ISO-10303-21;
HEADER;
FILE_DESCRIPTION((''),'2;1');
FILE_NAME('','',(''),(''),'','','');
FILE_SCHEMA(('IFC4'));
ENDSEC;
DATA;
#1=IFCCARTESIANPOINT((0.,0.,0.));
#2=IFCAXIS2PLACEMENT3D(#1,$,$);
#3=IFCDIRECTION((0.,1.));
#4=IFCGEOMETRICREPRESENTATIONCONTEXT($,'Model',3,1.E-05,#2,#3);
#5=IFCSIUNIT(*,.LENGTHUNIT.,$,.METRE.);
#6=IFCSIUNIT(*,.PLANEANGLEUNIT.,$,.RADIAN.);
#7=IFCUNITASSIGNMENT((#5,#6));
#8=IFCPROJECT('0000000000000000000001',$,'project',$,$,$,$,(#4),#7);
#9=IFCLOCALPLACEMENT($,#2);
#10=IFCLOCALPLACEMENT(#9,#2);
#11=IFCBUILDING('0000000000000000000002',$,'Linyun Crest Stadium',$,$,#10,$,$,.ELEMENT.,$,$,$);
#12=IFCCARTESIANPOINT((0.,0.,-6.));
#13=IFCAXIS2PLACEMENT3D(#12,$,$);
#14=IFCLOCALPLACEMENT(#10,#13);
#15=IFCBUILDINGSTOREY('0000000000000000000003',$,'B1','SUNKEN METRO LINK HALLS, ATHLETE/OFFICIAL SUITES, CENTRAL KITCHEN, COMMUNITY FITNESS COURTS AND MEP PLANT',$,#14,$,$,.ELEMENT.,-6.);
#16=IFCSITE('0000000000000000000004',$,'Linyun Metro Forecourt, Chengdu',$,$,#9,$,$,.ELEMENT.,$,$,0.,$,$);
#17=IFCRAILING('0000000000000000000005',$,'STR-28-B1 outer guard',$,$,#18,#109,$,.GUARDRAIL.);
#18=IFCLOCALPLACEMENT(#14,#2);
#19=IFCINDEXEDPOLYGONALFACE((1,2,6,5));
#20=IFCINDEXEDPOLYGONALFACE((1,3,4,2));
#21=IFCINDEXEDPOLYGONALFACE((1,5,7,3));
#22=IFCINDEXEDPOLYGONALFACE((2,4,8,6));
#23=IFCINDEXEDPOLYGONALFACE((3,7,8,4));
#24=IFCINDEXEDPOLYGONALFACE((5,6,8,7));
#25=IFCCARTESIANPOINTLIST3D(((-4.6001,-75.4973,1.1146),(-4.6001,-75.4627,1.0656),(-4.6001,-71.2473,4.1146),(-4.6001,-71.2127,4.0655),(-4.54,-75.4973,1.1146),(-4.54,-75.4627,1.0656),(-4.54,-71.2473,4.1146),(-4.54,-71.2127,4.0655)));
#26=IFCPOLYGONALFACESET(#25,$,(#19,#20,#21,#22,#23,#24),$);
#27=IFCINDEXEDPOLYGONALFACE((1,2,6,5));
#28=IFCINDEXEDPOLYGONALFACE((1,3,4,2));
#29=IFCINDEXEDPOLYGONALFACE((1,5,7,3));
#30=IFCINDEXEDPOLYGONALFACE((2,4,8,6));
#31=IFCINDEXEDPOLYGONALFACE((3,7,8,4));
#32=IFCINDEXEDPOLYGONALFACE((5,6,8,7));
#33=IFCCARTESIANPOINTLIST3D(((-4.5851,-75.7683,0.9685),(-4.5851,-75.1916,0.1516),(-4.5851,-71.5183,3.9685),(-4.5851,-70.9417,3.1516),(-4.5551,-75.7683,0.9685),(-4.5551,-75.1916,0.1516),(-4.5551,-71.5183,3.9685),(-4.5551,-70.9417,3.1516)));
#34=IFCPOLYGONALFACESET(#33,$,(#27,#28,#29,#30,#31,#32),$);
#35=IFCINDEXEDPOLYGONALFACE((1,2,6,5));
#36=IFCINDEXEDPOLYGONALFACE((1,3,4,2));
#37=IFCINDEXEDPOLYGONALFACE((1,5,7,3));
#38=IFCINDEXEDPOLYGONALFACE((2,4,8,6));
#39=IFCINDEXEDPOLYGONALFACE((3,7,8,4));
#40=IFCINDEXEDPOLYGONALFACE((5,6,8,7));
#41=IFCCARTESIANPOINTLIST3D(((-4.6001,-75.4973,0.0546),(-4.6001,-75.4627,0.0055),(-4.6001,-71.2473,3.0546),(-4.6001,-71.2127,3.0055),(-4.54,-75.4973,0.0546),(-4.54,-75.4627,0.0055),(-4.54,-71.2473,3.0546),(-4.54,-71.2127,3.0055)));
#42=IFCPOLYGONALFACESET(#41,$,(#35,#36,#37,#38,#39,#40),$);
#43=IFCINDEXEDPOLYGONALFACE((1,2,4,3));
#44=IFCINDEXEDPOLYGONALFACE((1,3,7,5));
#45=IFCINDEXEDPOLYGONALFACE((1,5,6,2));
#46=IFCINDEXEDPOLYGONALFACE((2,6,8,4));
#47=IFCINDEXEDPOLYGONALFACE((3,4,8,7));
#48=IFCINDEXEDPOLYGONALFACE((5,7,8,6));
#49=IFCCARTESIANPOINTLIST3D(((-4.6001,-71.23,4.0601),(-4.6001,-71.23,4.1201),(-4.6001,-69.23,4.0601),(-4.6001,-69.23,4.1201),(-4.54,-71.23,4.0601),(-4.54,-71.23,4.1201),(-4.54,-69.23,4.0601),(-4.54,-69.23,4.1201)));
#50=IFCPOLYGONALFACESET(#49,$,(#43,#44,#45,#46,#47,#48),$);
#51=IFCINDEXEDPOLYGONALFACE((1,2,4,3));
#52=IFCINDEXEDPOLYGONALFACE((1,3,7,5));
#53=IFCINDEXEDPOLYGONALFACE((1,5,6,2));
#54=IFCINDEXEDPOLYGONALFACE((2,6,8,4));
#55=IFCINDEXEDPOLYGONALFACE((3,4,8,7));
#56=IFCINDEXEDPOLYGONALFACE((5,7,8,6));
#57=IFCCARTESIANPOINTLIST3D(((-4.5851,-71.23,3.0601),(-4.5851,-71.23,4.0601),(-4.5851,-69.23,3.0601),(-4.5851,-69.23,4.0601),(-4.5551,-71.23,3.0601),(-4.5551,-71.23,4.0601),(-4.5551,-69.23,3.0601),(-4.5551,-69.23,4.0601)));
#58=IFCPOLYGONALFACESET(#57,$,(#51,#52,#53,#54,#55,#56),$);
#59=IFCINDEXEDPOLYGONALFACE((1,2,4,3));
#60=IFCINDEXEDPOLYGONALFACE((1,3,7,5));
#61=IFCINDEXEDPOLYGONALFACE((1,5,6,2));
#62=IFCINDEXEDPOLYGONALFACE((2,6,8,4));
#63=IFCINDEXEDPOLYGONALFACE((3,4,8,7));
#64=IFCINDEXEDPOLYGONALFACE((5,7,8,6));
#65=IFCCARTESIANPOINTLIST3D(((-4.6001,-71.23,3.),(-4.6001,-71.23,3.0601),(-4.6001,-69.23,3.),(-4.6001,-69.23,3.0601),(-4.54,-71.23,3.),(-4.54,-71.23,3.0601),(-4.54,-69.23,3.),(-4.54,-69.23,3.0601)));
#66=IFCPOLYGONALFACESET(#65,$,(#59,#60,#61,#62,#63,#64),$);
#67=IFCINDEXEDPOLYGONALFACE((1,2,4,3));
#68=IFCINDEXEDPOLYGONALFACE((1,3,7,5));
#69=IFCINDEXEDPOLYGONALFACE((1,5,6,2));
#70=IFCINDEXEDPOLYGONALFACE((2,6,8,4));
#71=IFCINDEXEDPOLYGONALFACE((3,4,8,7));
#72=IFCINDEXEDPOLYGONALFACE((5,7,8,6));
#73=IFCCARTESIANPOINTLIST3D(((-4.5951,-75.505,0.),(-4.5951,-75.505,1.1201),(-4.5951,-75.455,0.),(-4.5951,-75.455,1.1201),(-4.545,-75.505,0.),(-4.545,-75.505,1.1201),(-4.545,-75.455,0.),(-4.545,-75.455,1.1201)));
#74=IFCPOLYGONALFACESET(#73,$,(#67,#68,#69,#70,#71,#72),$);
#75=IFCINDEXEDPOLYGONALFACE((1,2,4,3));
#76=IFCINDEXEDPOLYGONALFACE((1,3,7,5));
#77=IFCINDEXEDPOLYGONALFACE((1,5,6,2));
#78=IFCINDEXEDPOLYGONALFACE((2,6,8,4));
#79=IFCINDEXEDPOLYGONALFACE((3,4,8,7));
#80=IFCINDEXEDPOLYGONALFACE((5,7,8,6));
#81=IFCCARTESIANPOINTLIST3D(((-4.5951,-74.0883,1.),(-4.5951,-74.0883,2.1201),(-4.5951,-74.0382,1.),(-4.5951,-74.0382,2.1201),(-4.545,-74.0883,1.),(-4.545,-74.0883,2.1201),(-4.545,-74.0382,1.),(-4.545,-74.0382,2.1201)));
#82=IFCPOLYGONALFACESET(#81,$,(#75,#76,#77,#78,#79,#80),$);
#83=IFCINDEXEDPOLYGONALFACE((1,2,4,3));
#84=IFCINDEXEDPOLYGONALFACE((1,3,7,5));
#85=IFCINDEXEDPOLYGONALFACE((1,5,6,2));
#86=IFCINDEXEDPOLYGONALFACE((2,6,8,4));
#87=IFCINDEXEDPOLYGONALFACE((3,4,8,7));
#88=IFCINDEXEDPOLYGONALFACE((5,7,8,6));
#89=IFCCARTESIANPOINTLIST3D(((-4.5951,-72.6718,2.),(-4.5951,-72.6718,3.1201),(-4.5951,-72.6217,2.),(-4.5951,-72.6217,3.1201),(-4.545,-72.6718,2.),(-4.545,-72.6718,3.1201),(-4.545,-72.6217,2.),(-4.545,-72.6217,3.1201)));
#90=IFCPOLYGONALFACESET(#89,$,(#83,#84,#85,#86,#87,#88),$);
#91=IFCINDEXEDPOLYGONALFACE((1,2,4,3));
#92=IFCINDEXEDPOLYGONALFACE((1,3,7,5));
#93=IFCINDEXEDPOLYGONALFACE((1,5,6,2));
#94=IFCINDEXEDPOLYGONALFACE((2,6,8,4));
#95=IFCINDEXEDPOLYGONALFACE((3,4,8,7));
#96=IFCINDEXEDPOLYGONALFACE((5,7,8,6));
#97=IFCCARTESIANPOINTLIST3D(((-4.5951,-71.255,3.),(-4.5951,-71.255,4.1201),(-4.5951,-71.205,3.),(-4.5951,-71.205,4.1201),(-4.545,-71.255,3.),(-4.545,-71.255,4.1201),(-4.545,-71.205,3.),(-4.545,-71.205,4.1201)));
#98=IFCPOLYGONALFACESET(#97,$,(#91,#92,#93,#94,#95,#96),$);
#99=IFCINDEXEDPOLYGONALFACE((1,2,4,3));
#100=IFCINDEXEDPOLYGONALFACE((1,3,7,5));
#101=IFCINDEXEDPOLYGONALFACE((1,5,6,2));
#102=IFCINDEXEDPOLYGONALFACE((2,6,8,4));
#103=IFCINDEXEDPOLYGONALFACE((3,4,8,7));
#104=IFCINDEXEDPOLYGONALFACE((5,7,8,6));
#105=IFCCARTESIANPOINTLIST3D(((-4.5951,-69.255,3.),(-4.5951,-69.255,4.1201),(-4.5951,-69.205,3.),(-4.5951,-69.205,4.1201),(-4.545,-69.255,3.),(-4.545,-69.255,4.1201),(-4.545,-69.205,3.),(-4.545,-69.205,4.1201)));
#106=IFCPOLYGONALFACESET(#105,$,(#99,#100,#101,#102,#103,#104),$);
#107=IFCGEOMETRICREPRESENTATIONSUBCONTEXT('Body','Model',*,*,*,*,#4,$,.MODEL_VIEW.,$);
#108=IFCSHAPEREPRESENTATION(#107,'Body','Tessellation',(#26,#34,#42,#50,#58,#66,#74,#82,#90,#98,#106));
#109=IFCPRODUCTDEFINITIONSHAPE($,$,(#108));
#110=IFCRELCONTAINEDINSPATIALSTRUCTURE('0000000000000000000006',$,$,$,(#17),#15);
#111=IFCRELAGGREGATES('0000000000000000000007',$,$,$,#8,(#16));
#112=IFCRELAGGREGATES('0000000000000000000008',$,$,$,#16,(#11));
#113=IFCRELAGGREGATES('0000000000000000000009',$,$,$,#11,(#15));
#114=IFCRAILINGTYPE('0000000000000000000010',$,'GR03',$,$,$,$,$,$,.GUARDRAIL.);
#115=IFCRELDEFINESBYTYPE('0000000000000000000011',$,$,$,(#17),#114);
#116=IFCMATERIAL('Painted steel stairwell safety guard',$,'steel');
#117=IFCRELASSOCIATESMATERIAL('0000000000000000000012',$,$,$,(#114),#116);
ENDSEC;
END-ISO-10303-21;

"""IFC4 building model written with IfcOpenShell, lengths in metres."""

from ifc_helpers import new_model, si_unit, direction, frame, origin, origin_2d, place, context, subcontext, project, spatial, rectangle, extrude, material, type_object, element, save


model = new_model("IFC4")

# Units and contexts
model_context = context("Model", 3, precision=1e-05, world=origin(), true_north=direction((0.0, 1.0)))
body_context = subcontext(model_context, "Body", "Model", "MODEL_VIEW")
ifc_project = project(units=[si_unit("LENGTHUNIT", "METRE"), si_unit("PLANEANGLEUNIT", "RADIAN")], contexts=[model_context])

# Site, building, storey
site_placement = place(None, origin())
site = spatial("IfcSite", under=ifc_project, at=site_placement, Name="Linyun Metro Forecourt, Chengdu", CompositionType="ELEMENT", RefElevation=0.0)
building_placement = place(site_placement, origin())
building = spatial("IfcBuilding", under=site, at=building_placement, Name="Linyun Crest Stadium", CompositionType="ELEMENT")
storey_placement = place(building_placement, frame((0.0, 0.0, -6.0)))
storey = spatial("IfcBuildingStorey", under=building, at=storey_placement, Name="B1", Description="SUNKEN METRO LINK HALLS, ATHLETE/OFFICIAL SUITES, CENTRAL KITCHEN, COMMUNITY FITNESS COURTS AND MEP PLANT", CompositionType="ELEMENT", Elevation=-6.0)

# Railing
ifc_material_1 = material(Name="Painted steel stairwell safety guard", Category="steel")
railing_type = type_object("IfcRailingType", Name="GR03", PredefinedType="GUARDRAIL", material=ifc_material_1)
railing_1_placement = place(storey_placement, frame((-4.5701, -75.48, 0.0)))
element("IfcRailing", 1, at=railing_1_placement, inside=storey, type_object=railing_type, Name="STR-28-B1 outer guard", PredefinedType="GUARDRAIL", context=body_context, shape_type="SweptSolid", body=[
    extrude(rectangle(XDim=0.0601, YDim=0.0601, at=origin_2d()), frame((0.0, 0.0, 1.0901), z_axis=(0.0, 0.816968, 0.576683), x_axis=(-1.0, 0.0, 0.0)), (0.0, 0.0, 1.0), 5.2021),
    extrude(rectangle(XDim=0.03, YDim=1.0, at=origin_2d()), frame((0.0, 0.0, 0.5601), z_axis=(0.0, 0.816968, 0.576683), x_axis=(-1.0, 0.0, 0.0)), (0.0, 0.0, 1.0), 5.2021),
    extrude(rectangle(XDim=0.0601, YDim=0.0601, at=origin_2d()), frame((0.0, 0.0, 0.03), z_axis=(0.0, 0.816968, 0.576683), x_axis=(-1.0, 0.0, 0.0)), (0.0, 0.0, 1.0), 5.2021),
    extrude(rectangle(XDim=0.0601, YDim=0.0601, at=origin_2d()), frame((0.0, 4.25, 4.0901), z_axis=(0.0, 1.0, 0.0), x_axis=(-1.0, 0.0, 0.0)), (0.0, 0.0, 1.0), 2.0),
    extrude(rectangle(XDim=0.03, YDim=1.0, at=origin_2d()), frame((0.0, 4.25, 3.5601), z_axis=(0.0, 1.0, 0.0), x_axis=(-1.0, 0.0, 0.0)), (0.0, 0.0, 1.0), 2.0),
    extrude(rectangle(XDim=0.0601, YDim=0.0601, at=origin_2d()), frame((0.0, 4.25, 3.03), z_axis=(0.0, 1.0, 0.0), x_axis=(-1.0, 0.0, 0.0)), (0.0, 0.0, 1.0), 2.0),
    extrude(rectangle(XDim=0.05, YDim=0.05, at=origin_2d()), origin(), (0.0, 0.0, 1.0), 1.1201),
    extrude(rectangle(XDim=0.05, YDim=0.05, at=origin_2d()), frame((0.0, 1.4167, 1.0)), (0.0, 0.0, 1.0), 1.1201),
    extrude(rectangle(XDim=0.05, YDim=0.05, at=origin_2d()), frame((0.0, 2.8333, 2.0)), (0.0, 0.0, 1.0), 1.1201),
    extrude(rectangle(XDim=0.05, YDim=0.05, at=origin_2d()), frame((0.0, 4.25, 3.0)), (0.0, 0.0, 1.0), 1.1201),
    extrude(rectangle(XDim=0.05, YDim=0.05, at=origin_2d()), frame((0.0, 6.25, 3.0)), (0.0, 0.0, 1.0), 1.1201),
])

save(model, "model.ifc")
